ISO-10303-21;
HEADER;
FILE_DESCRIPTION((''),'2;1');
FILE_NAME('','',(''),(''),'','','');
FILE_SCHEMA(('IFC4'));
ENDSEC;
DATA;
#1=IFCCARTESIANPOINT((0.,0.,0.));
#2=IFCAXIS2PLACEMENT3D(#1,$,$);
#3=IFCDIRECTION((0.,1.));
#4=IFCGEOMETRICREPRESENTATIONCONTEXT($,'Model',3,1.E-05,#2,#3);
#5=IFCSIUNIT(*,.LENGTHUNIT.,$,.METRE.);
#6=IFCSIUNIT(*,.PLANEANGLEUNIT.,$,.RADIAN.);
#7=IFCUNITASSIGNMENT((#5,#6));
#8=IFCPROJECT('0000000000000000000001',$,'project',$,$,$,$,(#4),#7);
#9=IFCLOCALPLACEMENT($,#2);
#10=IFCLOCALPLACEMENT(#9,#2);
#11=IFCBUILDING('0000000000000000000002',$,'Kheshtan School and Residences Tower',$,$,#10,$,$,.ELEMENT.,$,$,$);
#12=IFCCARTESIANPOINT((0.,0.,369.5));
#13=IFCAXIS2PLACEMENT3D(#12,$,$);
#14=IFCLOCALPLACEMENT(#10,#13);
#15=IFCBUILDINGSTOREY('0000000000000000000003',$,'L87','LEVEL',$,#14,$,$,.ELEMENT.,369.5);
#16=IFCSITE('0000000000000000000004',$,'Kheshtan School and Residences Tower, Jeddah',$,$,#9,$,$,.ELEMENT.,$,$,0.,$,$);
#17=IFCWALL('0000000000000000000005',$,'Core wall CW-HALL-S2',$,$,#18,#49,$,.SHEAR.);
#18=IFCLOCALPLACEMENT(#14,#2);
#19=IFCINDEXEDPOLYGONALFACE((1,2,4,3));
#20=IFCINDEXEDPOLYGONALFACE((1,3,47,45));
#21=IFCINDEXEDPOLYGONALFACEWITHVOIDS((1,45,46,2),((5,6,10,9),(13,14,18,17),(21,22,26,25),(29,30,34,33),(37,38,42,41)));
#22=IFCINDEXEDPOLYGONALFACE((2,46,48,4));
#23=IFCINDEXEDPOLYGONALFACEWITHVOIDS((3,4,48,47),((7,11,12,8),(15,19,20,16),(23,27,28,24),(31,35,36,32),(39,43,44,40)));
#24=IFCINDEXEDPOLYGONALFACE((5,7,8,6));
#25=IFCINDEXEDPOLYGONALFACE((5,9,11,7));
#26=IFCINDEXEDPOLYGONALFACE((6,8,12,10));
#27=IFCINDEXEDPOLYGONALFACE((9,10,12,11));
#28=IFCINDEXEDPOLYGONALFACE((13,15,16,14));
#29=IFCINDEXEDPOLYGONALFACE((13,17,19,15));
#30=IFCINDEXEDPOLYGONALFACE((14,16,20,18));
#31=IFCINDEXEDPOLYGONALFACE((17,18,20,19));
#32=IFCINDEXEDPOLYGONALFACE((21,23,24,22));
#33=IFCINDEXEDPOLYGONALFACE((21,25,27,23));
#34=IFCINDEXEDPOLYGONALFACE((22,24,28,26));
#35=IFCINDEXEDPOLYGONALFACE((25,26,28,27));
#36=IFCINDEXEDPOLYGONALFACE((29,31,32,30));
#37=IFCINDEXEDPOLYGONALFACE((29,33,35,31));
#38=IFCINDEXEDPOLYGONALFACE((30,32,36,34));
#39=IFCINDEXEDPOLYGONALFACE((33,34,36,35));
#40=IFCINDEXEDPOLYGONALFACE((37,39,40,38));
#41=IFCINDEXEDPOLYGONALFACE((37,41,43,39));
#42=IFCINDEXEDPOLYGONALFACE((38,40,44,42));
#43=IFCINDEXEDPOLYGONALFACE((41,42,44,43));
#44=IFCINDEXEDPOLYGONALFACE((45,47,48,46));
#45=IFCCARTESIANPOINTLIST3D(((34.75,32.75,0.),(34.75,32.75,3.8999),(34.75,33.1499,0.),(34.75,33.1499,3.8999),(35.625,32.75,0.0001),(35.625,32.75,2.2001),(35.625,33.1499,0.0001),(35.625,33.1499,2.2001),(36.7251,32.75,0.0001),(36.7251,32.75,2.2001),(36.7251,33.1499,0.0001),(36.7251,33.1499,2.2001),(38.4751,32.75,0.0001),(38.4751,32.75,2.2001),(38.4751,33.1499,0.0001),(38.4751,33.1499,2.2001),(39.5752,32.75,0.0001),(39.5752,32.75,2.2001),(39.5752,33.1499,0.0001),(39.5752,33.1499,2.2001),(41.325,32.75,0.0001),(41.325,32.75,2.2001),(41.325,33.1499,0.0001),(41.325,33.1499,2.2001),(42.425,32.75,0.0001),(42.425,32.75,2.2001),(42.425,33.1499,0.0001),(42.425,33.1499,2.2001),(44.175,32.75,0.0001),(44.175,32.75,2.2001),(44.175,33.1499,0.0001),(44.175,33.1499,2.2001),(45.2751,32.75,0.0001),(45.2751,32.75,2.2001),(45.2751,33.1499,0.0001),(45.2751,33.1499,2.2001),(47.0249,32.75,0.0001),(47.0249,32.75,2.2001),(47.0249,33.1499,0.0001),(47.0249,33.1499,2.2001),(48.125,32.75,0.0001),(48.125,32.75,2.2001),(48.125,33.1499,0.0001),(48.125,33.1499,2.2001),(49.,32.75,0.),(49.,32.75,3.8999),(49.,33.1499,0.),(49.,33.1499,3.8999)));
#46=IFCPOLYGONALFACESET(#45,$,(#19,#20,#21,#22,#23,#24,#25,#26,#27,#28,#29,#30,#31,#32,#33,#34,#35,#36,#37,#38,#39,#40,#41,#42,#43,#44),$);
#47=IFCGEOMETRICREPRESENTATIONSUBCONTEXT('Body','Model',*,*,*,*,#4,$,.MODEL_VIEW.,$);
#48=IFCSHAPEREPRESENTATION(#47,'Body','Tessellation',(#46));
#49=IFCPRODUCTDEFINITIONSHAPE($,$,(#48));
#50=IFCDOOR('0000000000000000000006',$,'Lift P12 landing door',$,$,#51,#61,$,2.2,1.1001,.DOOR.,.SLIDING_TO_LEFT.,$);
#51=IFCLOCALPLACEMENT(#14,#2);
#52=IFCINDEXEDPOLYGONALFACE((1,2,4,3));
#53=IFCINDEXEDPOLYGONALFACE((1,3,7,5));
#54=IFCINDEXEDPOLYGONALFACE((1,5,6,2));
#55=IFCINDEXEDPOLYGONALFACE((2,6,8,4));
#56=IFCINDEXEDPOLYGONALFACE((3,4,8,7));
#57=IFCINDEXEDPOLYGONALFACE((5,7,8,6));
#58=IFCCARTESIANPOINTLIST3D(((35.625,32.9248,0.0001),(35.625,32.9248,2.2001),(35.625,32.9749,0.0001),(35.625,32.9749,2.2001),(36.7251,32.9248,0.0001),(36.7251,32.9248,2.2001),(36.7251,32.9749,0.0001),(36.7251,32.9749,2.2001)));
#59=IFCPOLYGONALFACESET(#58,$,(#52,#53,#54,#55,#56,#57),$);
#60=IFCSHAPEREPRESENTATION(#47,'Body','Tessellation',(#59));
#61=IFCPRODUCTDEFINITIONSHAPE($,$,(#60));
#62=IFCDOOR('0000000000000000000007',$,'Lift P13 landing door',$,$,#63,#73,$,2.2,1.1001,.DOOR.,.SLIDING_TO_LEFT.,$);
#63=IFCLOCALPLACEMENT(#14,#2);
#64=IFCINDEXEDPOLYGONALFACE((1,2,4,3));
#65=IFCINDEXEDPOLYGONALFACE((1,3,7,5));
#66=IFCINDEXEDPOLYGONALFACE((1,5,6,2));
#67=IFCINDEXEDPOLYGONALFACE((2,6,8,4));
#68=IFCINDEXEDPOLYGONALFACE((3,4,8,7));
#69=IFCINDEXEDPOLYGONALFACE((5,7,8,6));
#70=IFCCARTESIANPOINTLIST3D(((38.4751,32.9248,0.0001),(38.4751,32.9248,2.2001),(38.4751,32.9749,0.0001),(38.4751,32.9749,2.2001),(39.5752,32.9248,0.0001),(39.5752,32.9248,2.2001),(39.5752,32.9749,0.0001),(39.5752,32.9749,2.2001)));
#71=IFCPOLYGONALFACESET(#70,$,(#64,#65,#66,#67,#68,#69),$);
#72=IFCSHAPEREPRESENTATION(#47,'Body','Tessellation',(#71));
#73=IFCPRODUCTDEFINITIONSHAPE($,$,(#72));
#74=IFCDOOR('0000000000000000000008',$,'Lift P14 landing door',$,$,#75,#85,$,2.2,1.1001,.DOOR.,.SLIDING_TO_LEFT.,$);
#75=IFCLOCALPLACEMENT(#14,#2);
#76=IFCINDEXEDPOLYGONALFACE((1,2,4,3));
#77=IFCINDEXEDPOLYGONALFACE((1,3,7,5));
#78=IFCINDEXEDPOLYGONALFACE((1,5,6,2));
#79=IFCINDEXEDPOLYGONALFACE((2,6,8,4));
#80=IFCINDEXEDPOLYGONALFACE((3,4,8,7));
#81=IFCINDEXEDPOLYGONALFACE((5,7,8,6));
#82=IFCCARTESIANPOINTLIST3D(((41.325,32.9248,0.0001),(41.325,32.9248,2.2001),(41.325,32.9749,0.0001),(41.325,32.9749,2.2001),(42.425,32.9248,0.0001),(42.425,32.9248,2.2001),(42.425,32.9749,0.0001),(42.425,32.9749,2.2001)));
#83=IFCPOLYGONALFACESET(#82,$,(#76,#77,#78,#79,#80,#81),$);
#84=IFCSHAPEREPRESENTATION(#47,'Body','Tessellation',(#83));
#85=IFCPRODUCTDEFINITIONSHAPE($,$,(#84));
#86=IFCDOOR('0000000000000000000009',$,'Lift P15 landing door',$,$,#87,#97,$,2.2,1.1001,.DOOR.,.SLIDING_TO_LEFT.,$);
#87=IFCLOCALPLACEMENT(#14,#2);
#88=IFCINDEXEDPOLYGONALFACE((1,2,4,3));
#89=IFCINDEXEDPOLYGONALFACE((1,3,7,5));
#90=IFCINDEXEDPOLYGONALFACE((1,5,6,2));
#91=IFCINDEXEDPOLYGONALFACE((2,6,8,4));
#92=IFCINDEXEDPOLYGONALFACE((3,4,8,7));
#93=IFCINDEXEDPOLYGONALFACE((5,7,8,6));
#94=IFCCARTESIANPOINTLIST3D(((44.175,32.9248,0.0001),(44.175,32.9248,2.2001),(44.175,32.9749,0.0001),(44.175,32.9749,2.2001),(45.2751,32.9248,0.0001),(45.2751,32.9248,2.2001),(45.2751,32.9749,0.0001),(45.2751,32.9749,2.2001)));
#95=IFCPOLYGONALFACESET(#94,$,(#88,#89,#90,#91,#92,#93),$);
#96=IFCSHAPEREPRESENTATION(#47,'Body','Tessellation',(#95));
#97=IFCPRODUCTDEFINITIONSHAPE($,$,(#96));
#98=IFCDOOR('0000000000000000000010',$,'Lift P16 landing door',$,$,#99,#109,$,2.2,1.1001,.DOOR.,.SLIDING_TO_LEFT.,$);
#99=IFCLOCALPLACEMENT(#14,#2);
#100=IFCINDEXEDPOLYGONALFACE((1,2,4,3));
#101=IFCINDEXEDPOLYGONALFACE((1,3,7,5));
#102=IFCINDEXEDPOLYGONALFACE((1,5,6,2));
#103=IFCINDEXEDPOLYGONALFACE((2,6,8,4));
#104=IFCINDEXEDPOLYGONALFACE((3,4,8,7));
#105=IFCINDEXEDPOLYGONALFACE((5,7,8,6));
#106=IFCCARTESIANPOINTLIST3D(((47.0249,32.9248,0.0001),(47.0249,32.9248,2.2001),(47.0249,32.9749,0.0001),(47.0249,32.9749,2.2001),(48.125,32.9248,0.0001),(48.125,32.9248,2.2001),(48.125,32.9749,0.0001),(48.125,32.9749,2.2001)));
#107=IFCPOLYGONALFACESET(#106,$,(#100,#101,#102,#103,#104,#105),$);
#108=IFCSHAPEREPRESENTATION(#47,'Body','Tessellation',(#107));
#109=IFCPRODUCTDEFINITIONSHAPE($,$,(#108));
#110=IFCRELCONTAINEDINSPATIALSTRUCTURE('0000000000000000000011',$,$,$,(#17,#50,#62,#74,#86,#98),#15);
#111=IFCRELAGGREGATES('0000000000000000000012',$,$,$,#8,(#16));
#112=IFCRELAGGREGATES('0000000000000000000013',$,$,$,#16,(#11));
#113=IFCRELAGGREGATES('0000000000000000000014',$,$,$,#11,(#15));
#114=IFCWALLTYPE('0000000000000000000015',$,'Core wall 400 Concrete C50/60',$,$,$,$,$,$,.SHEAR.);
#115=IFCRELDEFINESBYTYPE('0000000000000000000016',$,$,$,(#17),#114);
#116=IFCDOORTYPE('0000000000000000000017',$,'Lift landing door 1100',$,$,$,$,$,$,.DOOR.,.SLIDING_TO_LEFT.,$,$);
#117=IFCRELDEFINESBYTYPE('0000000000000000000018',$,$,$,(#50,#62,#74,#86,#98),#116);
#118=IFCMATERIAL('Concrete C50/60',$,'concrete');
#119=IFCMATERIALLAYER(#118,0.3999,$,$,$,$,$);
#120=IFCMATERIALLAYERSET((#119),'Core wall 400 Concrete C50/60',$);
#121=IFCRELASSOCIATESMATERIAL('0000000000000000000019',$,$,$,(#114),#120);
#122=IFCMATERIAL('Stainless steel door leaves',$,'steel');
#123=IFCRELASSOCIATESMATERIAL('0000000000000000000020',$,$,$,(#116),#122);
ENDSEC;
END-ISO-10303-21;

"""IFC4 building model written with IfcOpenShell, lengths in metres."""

from ifc_helpers import new_model, si_unit, direction, frame, frame_2d, origin, place, context, subcontext, project, spatial, rectangle, extrude, source, transform, mapped, material, layer, layer_set, type_object, element, fill, save


model = new_model("IFC4")

# Units and contexts
model_context = context("Model", 3, precision=1e-05, world=origin(), true_north=direction((0.0, 1.0)))
body_context = subcontext(model_context, "Body", "Model", "MODEL_VIEW")
ifc_project = project(units=[si_unit("LENGTHUNIT", "METRE"), si_unit("PLANEANGLEUNIT", "RADIAN")], contexts=[model_context])

# Site, building, storey
site_placement = place(None, origin())
site = spatial("IfcSite", under=ifc_project, at=site_placement, Name="Kheshtan School and Residences Tower, Jeddah", CompositionType="ELEMENT", RefElevation=0.0)
building_placement = place(site_placement, origin())
building = spatial("IfcBuilding", under=site, at=building_placement, Name="Kheshtan School and Residences Tower", CompositionType="ELEMENT")
storey_placement = place(building_placement, frame((0.0, 0.0, 369.5)))
storey = spatial("IfcBuildingStorey", under=building, at=storey_placement, Name="L87", Description="LEVEL", CompositionType="ELEMENT", Elevation=369.5)

# Wall, openings, doors
ifc_material_1 = material(Name="Concrete C50/60", Category="concrete")
ifc_layer_1 = layer(ifc_material_1, 0.3999)
ifc_layer_set_1 = layer_set([ifc_layer_1], Name="Core wall 400 Concrete C50/60")
wall_type_1 = type_object("IfcWallType", Name="Core wall 400 Concrete C50/60", PredefinedType="SHEAR", material=ifc_layer_set_1)
ifc_material_2 = material(Name="Stainless steel door leaves", Category="steel")
door_type_1 = type_object("IfcDoorType", Name="Lift landing door 1100", OperationType="SLIDING_TO_LEFT", PredefinedType="DOOR", material=ifc_material_2)
shared_shape_1 = source(origin(), body_context, "Body", "SweptSolid", [
    extrude(rectangle(XDim=1.1001, YDim=2.2, at=frame_2d((0.55, 1.1001))), frame((0.0, 0.0249, 0.0), z_axis=(0.0, -1.0, 0.0), x_axis=(1.0, 0.0, 0.0)), (0.0, 0.0, 1.0), 0.05),
])
wall_1_placement = place(storey_placement, frame((34.75, 32.95, 0.0), z_axis=(0.0, 0.0, 1.0), x_axis=(1.0, 0.0, 0.0)))
wall_1 = element("IfcWall", 1, at=wall_1_placement, inside=storey, type_object=wall_type_1, Name="Core wall CW-HALL-S2", PredefinedType="SHEAR", context=body_context, shape_type="SweptSolid", body=[
    extrude(rectangle(XDim=14.25, YDim=0.3999, at=frame_2d((7.125, 0.0))), origin(), (0.0, 0.0, 1.0), 3.8999),
])
opening_1_placement = place(wall_1_placement, frame((0.875, 0.0, 0.0)))
opening_1 = element("IfcOpeningElement", 2, at=opening_1_placement, cuts=wall_1, PredefinedType="OPENING", context=body_context, shape_type="SweptSolid", body=[
    extrude(rectangle(XDim=1.1001, YDim=2.2, at=frame_2d((0.55, 1.1001))), frame((0.0, 0.21, 0.0), z_axis=(0.0, -1.0, 0.0), x_axis=(1.0, 0.0, 0.0)), (0.0, 0.0, 1.0), 0.4199),
])
opening_2_placement = place(wall_1_placement, frame((3.7251, 0.0, 0.0)))
opening_2 = element("IfcOpeningElement", 3, at=opening_2_placement, cuts=wall_1, PredefinedType="OPENING", context=body_context, shape_type="SweptSolid", body=[
    extrude(rectangle(XDim=1.1001, YDim=2.2, at=frame_2d((0.55, 1.1001))), frame((0.0, 0.21, 0.0), z_axis=(0.0, -1.0, 0.0), x_axis=(1.0, 0.0, 0.0)), (0.0, 0.0, 1.0), 0.4199),
])
opening_3_placement = place(wall_1_placement, frame((6.575, 0.0, 0.0)))
opening_3 = element("IfcOpeningElement", 4, at=opening_3_placement, cuts=wall_1, PredefinedType="OPENING", context=body_context, shape_type="SweptSolid", body=[
    extrude(rectangle(XDim=1.1001, YDim=2.2, at=frame_2d((0.55, 1.1001))), frame((0.0, 0.21, 0.0), z_axis=(0.0, -1.0, 0.0), x_axis=(1.0, 0.0, 0.0)), (0.0, 0.0, 1.0), 0.4199),
])
opening_4_placement = place(wall_1_placement, frame((9.425, 0.0, 0.0)))
opening_4 = element("IfcOpeningElement", 5, at=opening_4_placement, cuts=wall_1, PredefinedType="OPENING", context=body_context, shape_type="SweptSolid", body=[
    extrude(rectangle(XDim=1.1001, YDim=2.2, at=frame_2d((0.55, 1.1001))), frame((0.0, 0.21, 0.0), z_axis=(0.0, -1.0, 0.0), x_axis=(1.0, 0.0, 0.0)), (0.0, 0.0, 1.0), 0.4199),
])
opening_5_placement = place(wall_1_placement, frame((12.2749, 0.0, 0.0)))
opening_5 = element("IfcOpeningElement", 6, at=opening_5_placement, cuts=wall_1, PredefinedType="OPENING", context=body_context, shape_type="SweptSolid", body=[
    extrude(rectangle(XDim=1.1001, YDim=2.2, at=frame_2d((0.55, 1.1001))), frame((0.0, 0.21, 0.0), z_axis=(0.0, -1.0, 0.0), x_axis=(1.0, 0.0, 0.0)), (0.0, 0.0, 1.0), 0.4199),
])
door_1_placement = place(opening_1_placement, origin())
door_1 = element("IfcDoor", 7, at=door_1_placement, inside=storey, type_object=door_type_1, Name="Lift P12 landing door", OperationType="SLIDING_TO_LEFT", OverallHeight=2.2, OverallWidth=1.1001, PredefinedType="DOOR", context=body_context, shape_type="MappedRepresentation", body=[
    mapped(shared_shape_1, transform((0.0, 0.0, 0.0), x_axis=(1.0, 0.0, 0.0), y_axis=(0.0, 1.0, 0.0), z_axis=(0.0, 0.0, 1.0), scale=1.0)),
])
fill(opening_1, door_1)
door_2_placement = place(opening_2_placement, origin())
door_2 = element("IfcDoor", 8, at=door_2_placement, inside=storey, type_object=door_type_1, Name="Lift P13 landing door", OperationType="SLIDING_TO_LEFT", OverallHeight=2.2, OverallWidth=1.1001, PredefinedType="DOOR", context=body_context, shape_type="MappedRepresentation", body=[
    mapped(shared_shape_1, transform((0.0, 0.0, 0.0), x_axis=(1.0, 0.0, 0.0), y_axis=(0.0, 1.0, 0.0), z_axis=(0.0, 0.0, 1.0), scale=1.0)),
])
fill(opening_2, door_2)
door_3_placement = place(opening_3_placement, origin())
door_3 = element("IfcDoor", 9, at=door_3_placement, inside=storey, type_object=door_type_1, Name="Lift P14 landing door", OperationType="SLIDING_TO_LEFT", OverallHeight=2.2, OverallWidth=1.1001, PredefinedType="DOOR", context=body_context, shape_type="MappedRepresentation", body=[
    mapped(shared_shape_1, transform((0.0, 0.0, 0.0), x_axis=(1.0, 0.0, 0.0), y_axis=(0.0, 1.0, 0.0), z_axis=(0.0, 0.0, 1.0), scale=1.0)),
])
fill(opening_3, door_3)
door_4_placement = place(opening_4_placement, origin())
door_4 = element("IfcDoor", 10, at=door_4_placement, inside=storey, type_object=door_type_1, Name="Lift P15 landing door", OperationType="SLIDING_TO_LEFT", OverallHeight=2.2, OverallWidth=1.1001, PredefinedType="DOOR", context=body_context, shape_type="MappedRepresentation", body=[
    mapped(shared_shape_1, transform((0.0, 0.0, 0.0), x_axis=(1.0, 0.0, 0.0), y_axis=(0.0, 1.0, 0.0), z_axis=(0.0, 0.0, 1.0), scale=1.0)),
])
fill(opening_4, door_4)
door_5_placement = place(opening_5_placement, origin())
door_5 = element("IfcDoor", 11, at=door_5_placement, inside=storey, type_object=door_type_1, Name="Lift P16 landing door", OperationType="SLIDING_TO_LEFT", OverallHeight=2.2, OverallWidth=1.1001, PredefinedType="DOOR", context=body_context, shape_type="MappedRepresentation", body=[
    mapped(shared_shape_1, transform((0.0, 0.0, 0.0), x_axis=(1.0, 0.0, 0.0), y_axis=(0.0, 1.0, 0.0), z_axis=(0.0, 0.0, 1.0), scale=1.0)),
])
fill(opening_5, door_5)

save(model, "model.ifc")
